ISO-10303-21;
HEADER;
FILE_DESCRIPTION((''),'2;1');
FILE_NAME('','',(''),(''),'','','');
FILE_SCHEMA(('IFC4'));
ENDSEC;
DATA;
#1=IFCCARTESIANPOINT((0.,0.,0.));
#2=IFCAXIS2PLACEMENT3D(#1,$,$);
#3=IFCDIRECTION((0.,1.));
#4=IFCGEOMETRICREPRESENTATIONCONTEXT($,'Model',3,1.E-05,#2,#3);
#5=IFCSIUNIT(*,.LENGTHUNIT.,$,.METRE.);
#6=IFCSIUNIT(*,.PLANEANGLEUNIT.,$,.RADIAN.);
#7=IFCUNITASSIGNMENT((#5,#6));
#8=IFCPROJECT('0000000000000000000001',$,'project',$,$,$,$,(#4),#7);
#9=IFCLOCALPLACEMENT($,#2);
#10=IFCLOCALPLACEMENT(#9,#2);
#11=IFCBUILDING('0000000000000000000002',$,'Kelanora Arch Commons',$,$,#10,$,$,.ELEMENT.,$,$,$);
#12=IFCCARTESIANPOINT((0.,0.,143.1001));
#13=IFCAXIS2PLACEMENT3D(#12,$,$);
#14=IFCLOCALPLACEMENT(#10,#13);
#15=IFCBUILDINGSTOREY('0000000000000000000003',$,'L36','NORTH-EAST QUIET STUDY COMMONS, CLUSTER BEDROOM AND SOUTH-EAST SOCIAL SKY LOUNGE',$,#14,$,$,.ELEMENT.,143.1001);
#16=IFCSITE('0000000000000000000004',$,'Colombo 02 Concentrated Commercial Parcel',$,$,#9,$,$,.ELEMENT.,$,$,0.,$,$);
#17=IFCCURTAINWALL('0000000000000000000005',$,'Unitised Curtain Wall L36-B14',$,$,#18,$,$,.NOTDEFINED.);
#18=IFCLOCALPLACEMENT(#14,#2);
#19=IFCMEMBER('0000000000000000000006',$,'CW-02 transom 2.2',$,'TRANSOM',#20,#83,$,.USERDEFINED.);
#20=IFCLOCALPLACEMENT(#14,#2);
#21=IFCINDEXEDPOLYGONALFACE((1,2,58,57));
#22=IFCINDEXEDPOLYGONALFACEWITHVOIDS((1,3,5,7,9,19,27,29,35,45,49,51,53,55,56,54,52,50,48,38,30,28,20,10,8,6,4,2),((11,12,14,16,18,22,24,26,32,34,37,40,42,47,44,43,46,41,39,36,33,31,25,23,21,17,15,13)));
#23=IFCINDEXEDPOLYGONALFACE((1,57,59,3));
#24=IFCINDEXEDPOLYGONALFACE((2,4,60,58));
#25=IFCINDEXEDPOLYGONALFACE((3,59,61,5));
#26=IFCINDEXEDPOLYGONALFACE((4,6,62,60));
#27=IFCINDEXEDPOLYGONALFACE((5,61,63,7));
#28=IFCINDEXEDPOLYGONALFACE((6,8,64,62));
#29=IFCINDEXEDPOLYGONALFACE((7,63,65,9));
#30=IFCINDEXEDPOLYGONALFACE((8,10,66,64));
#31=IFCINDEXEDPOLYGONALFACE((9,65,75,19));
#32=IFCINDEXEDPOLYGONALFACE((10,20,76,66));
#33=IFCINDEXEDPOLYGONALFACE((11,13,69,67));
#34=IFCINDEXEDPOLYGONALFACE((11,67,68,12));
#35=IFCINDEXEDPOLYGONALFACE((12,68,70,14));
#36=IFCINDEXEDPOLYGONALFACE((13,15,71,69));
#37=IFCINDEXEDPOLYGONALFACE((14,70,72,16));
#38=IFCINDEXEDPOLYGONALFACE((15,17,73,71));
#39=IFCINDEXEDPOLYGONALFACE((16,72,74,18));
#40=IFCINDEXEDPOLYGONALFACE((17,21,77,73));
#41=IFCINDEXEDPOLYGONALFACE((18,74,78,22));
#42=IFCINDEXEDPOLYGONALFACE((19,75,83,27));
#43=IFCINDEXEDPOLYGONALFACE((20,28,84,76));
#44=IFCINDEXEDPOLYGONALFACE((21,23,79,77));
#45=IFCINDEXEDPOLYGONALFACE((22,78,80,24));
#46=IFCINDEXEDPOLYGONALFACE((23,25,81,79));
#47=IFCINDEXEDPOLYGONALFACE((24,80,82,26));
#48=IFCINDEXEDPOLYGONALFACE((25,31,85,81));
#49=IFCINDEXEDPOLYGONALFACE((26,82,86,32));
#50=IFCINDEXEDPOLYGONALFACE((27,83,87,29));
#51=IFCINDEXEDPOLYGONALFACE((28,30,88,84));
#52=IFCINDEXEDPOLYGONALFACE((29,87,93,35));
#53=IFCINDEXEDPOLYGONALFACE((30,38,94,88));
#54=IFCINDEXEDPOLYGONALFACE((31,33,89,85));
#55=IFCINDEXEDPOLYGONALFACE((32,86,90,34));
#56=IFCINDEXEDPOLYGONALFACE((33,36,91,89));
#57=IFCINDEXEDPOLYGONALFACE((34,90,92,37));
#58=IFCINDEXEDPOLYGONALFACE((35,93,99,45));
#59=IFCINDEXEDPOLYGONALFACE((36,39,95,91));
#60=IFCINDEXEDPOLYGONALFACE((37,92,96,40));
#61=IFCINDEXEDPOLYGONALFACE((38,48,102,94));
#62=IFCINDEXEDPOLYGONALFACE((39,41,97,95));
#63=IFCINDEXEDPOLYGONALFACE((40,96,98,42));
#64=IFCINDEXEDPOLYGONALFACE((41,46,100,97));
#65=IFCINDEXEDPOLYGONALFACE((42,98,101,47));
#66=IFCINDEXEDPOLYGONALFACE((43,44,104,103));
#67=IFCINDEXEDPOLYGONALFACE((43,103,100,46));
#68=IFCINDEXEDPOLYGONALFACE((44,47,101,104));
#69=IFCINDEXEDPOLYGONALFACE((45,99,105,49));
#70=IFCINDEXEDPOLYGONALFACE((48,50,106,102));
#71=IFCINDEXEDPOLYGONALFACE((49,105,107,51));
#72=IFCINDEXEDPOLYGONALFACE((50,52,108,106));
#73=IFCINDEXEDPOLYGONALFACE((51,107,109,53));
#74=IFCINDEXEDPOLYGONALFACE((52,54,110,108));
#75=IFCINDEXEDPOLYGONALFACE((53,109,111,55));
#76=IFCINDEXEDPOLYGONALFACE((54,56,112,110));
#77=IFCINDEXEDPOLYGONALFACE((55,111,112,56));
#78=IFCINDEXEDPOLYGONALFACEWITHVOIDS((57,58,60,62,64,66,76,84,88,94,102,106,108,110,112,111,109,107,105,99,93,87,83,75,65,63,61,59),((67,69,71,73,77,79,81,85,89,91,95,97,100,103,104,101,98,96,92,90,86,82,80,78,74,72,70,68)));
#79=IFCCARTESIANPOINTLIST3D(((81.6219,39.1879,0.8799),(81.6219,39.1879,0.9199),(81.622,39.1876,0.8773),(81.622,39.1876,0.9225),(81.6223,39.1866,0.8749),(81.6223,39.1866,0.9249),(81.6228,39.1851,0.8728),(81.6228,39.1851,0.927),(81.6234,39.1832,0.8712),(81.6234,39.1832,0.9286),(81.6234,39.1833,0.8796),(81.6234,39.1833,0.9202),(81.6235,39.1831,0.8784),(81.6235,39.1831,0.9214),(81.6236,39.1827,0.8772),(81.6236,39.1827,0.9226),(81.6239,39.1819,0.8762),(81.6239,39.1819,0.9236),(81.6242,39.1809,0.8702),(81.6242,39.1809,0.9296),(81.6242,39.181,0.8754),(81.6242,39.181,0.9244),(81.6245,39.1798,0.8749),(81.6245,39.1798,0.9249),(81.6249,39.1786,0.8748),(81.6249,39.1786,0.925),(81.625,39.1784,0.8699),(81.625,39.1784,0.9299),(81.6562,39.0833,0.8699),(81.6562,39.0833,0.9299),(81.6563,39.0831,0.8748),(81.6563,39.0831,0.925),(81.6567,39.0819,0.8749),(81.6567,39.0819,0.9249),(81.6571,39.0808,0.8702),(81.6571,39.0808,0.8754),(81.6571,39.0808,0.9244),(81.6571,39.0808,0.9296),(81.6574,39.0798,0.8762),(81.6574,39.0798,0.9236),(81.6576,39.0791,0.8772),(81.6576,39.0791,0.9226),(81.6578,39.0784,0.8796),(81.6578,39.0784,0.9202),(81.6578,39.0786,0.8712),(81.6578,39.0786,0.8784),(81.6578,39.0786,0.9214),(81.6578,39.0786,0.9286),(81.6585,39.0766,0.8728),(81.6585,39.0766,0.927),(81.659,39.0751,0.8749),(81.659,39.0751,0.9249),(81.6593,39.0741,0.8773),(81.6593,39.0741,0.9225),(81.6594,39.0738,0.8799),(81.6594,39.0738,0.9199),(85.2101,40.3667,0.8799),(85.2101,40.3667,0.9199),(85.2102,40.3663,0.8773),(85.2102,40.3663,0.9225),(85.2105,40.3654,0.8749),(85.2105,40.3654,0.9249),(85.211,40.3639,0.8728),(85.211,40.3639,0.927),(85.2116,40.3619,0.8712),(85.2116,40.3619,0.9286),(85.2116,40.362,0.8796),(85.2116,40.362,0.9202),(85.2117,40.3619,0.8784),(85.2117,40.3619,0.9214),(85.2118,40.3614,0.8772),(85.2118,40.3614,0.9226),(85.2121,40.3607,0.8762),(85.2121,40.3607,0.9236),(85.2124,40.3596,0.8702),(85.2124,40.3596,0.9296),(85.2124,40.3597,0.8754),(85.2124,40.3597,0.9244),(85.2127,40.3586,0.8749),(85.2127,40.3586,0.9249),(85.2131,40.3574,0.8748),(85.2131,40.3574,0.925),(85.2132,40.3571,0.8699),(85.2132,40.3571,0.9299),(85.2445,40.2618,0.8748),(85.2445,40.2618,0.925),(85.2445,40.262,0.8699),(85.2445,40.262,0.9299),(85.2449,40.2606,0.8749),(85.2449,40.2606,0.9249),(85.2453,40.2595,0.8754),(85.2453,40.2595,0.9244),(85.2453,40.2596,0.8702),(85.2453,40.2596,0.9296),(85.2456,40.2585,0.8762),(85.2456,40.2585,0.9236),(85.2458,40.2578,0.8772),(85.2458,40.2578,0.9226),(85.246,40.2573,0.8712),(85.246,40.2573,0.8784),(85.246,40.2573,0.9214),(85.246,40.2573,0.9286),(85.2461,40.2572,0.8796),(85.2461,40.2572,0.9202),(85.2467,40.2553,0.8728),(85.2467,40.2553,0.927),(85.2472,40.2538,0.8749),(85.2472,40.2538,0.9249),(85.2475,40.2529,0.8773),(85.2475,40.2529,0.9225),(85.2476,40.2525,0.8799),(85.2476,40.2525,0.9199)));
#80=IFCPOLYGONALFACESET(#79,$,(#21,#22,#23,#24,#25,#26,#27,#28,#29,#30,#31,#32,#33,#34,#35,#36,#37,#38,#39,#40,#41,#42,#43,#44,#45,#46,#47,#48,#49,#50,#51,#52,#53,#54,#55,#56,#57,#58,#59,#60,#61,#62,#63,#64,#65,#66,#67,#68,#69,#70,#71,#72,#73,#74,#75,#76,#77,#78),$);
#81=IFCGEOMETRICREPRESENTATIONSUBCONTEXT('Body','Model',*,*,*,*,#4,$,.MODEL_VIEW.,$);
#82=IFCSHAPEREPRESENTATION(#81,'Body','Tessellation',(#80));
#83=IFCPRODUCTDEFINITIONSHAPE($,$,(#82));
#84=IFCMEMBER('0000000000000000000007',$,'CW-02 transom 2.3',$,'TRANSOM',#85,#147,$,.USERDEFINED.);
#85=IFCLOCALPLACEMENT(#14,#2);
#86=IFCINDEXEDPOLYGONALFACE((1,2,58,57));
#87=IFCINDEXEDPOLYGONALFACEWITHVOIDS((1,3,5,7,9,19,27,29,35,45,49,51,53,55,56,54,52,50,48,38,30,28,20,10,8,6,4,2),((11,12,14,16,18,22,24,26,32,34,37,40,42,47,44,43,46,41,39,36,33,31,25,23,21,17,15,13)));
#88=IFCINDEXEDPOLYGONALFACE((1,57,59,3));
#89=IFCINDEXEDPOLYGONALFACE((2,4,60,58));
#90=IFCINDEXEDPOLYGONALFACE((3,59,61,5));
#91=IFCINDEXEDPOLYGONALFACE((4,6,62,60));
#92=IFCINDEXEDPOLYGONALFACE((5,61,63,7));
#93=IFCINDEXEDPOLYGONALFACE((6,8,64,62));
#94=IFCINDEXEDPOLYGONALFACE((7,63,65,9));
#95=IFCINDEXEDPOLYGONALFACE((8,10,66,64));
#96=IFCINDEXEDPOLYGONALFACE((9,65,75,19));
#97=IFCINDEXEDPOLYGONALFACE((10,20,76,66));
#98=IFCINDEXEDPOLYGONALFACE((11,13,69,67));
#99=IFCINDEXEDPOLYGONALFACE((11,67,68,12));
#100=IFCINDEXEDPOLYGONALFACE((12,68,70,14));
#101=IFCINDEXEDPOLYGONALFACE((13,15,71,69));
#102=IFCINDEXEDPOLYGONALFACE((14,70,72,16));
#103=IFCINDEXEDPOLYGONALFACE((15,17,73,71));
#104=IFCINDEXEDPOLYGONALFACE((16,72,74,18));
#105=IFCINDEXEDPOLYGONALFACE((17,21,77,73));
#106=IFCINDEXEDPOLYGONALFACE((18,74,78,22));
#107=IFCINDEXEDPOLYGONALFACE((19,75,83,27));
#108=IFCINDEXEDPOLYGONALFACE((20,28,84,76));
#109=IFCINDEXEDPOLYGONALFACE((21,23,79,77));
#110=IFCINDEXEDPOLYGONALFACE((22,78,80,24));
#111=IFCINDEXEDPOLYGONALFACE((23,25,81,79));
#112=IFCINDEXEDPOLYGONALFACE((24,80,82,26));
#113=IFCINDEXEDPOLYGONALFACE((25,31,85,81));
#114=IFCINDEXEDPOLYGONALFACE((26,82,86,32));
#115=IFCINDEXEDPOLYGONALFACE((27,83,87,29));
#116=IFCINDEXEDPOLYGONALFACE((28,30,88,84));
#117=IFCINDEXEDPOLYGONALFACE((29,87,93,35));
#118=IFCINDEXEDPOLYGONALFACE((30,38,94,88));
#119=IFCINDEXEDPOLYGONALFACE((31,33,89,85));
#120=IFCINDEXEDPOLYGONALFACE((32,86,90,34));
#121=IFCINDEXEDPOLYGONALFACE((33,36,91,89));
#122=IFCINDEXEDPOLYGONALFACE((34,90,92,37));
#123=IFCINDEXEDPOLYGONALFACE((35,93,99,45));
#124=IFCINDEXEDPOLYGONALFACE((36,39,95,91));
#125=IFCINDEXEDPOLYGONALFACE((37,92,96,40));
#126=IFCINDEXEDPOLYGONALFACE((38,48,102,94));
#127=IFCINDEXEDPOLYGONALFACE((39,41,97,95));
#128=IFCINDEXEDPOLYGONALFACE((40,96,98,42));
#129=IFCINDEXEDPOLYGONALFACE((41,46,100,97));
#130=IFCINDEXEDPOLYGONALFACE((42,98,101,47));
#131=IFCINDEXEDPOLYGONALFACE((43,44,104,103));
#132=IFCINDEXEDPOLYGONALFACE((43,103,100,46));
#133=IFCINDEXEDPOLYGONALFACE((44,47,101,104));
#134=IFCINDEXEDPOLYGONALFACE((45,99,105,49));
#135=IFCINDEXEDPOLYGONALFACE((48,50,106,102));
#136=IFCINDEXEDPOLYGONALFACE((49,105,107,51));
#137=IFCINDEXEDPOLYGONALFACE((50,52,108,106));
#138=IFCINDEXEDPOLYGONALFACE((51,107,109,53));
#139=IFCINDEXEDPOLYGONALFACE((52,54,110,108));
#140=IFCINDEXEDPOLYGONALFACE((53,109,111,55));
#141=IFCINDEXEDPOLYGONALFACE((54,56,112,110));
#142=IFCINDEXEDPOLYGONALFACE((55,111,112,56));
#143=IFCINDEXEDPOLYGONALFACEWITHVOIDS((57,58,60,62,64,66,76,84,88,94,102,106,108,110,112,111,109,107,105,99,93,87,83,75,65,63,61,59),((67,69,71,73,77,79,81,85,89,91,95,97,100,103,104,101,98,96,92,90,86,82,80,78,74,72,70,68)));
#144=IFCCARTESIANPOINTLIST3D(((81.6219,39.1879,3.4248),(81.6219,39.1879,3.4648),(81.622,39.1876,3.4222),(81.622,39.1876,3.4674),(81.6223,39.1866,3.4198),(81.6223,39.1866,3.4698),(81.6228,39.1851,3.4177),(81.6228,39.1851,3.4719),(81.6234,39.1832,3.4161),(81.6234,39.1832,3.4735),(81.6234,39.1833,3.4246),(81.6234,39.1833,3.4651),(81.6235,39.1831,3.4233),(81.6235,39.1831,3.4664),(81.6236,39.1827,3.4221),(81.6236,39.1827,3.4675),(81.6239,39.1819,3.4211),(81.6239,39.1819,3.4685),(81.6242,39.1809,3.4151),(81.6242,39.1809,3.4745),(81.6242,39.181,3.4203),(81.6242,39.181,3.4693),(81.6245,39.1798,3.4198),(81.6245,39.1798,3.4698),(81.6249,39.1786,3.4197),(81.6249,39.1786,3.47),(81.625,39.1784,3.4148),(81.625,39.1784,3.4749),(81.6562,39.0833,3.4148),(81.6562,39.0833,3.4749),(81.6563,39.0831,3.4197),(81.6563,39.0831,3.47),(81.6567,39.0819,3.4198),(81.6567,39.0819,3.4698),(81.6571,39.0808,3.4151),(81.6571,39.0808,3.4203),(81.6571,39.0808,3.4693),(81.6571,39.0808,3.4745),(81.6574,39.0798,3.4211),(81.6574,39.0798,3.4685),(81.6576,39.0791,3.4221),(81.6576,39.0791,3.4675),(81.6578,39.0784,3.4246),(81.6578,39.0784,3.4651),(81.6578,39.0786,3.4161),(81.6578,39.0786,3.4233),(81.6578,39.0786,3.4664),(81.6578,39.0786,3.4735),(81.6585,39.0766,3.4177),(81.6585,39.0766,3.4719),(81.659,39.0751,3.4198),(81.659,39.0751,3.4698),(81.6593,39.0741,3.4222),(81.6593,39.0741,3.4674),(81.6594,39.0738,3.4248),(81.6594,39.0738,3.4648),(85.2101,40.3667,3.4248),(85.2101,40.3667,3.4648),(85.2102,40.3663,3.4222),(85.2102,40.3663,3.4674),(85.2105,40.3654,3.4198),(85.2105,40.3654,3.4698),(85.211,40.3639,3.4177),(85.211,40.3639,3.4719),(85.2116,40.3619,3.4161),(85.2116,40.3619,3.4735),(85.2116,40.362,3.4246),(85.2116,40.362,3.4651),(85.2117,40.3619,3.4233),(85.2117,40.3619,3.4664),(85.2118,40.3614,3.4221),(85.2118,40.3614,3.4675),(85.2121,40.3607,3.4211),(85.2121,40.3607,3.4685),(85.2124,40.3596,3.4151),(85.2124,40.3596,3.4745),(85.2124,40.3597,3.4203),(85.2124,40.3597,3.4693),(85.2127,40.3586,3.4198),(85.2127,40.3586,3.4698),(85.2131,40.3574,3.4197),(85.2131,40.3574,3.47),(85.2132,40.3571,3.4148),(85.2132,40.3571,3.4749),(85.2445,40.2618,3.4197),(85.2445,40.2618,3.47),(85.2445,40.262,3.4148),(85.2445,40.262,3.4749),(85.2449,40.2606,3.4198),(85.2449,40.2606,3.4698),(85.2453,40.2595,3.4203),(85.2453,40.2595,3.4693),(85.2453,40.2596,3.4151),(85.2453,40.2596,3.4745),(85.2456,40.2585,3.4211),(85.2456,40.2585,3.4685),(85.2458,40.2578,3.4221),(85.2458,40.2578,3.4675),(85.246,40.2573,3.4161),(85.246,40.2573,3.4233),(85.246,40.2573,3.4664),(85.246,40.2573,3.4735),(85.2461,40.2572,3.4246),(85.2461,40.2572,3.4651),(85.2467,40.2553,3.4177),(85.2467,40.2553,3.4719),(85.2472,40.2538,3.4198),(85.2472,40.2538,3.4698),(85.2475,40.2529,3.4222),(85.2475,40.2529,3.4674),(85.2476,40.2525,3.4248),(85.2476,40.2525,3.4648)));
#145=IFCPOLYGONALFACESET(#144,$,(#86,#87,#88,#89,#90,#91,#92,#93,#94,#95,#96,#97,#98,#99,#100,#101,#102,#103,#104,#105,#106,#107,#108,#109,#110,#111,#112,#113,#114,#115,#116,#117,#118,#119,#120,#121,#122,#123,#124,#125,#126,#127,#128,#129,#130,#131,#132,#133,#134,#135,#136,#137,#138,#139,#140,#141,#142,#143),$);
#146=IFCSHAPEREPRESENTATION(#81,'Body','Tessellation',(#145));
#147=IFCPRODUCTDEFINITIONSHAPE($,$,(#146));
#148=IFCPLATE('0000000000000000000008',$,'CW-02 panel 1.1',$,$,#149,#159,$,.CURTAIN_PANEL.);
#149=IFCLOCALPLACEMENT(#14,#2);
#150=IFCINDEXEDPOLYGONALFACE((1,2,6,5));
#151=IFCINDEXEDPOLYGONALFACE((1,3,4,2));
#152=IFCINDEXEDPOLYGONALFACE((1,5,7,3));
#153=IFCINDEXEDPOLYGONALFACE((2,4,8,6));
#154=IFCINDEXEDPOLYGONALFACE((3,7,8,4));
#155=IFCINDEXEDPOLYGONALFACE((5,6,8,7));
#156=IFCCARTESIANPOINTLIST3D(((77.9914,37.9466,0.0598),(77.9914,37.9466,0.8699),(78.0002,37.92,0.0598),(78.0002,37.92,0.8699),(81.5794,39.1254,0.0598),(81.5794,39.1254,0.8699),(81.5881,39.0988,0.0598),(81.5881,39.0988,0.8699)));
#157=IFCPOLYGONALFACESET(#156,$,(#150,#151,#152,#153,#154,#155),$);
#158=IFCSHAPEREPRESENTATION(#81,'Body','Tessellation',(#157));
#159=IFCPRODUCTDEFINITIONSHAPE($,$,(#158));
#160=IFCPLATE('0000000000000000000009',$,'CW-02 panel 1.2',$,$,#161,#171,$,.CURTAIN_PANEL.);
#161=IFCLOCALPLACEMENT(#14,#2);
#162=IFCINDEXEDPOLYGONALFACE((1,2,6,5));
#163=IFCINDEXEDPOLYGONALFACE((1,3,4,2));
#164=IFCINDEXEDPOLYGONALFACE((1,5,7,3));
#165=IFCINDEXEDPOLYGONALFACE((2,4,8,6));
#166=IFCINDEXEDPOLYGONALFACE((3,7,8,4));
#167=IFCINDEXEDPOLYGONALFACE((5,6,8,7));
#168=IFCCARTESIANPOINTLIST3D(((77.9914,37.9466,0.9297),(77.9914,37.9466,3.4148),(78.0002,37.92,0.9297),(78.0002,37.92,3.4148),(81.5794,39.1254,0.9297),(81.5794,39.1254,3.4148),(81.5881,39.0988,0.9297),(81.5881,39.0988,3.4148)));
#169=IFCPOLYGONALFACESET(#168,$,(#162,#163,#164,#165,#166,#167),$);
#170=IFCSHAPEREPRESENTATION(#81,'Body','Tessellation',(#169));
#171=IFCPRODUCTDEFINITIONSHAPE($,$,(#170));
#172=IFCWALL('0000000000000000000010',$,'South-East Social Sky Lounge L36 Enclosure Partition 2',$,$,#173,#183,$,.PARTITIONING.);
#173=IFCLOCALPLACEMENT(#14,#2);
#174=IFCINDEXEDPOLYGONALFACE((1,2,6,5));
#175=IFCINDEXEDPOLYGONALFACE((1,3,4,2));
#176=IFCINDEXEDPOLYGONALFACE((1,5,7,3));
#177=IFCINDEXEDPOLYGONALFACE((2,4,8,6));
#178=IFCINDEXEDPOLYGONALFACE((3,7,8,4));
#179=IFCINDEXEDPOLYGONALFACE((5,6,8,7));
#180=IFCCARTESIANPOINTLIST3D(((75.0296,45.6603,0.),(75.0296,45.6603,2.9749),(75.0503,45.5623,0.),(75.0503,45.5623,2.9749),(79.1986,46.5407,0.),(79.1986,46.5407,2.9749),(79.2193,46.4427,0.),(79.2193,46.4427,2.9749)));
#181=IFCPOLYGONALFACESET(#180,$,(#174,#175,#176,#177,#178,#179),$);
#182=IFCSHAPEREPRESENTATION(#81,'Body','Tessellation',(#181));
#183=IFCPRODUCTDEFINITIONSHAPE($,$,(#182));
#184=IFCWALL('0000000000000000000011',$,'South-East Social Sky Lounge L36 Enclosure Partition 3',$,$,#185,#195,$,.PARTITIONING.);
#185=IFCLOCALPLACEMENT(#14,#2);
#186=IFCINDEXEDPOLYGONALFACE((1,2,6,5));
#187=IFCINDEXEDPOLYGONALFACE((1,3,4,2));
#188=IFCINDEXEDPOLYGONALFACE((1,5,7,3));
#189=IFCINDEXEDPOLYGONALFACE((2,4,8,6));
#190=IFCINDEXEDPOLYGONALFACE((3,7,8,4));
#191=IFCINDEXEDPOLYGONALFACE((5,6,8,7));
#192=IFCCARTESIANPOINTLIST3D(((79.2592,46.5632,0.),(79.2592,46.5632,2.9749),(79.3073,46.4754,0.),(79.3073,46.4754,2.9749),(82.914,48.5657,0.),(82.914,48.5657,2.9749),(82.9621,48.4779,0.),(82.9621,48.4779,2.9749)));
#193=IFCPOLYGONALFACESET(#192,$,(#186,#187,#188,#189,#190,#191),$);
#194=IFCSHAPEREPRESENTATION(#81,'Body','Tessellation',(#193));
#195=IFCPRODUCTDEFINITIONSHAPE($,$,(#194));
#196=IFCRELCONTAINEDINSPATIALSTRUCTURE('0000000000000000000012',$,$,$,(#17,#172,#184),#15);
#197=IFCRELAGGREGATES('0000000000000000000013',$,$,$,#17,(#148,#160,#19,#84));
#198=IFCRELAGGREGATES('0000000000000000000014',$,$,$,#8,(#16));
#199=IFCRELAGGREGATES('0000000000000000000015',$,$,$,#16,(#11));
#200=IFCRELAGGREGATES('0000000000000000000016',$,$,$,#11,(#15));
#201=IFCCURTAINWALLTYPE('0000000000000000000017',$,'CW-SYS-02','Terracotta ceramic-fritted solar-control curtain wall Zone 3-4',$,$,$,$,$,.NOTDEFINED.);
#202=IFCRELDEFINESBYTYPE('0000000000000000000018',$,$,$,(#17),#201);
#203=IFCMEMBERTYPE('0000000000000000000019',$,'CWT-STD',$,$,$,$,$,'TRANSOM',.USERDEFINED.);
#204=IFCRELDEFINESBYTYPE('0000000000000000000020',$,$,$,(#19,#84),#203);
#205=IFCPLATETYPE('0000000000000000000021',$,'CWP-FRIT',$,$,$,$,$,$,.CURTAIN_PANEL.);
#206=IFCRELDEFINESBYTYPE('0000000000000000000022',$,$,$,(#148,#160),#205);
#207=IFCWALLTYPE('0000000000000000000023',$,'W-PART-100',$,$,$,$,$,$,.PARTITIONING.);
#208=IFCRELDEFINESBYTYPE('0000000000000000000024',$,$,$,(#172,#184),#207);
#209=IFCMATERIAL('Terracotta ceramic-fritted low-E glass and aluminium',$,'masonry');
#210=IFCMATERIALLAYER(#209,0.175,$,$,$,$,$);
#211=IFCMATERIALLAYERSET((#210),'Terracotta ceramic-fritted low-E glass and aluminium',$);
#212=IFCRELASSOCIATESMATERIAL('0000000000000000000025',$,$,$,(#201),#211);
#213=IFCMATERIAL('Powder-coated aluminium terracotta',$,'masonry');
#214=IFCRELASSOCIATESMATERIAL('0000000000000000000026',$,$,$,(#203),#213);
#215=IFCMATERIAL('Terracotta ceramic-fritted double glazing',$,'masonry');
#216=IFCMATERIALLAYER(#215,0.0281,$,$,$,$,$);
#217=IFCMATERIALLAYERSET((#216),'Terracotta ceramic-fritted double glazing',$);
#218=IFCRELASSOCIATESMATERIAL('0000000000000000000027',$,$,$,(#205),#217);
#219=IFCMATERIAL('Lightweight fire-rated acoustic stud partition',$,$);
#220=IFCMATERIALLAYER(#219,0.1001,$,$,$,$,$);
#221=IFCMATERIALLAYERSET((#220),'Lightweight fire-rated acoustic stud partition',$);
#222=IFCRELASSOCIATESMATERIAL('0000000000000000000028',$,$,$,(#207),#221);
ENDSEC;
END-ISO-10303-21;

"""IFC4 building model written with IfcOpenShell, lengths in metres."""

from ifc_helpers import new_model, si_unit, direction, frame, frame_2d, origin, origin_2d, place, context, subcontext, project, spatial, rectangle, hollow_rectangle, extrude, source, transform, mapped, material, layer, layer_set, material_profile, profile_set, type_object, element, aggregate, save


model = new_model("IFC4")

# Units and contexts
model_context = context("Model", 3, precision=1e-05, world=origin(), true_north=direction((0.0, 1.0)))
body_context = subcontext(model_context, "Body", "Model", "MODEL_VIEW")
ifc_project = project(units=[si_unit("LENGTHUNIT", "METRE"), si_unit("PLANEANGLEUNIT", "RADIAN")], contexts=[model_context])

# Site, building, storey
site_placement = place(None, origin())
site = spatial("IfcSite", under=ifc_project, at=site_placement, Name="Colombo 02 Concentrated Commercial Parcel", CompositionType="ELEMENT", RefElevation=0.0)
building_placement = place(site_placement, origin())
building = spatial("IfcBuilding", under=site, at=building_placement, Name="Kelanora Arch Commons", CompositionType="ELEMENT")
storey_placement = place(building_placement, frame((0.0, 0.0, 143.1001)))
storey = spatial("IfcBuildingStorey", under=building, at=storey_placement, Name="L36", Description="NORTH-EAST QUIET STUDY COMMONS, CLUSTER BEDROOM AND SOUTH-EAST SOCIAL SKY LOUNGE", CompositionType="ELEMENT", Elevation=143.1001)

# Curtain wall, members, plates
ifc_material_1 = material(Name="Terracotta ceramic-fritted low-E glass and aluminium", Category="masonry")
ifc_layer_1 = layer(ifc_material_1, 0.175)
ifc_layer_set_1 = layer_set([ifc_layer_1], Name="Terracotta ceramic-fritted low-E glass and aluminium")
curtain_wall_type = type_object("IfcCurtainWallType", Name="CW-SYS-02", Description="Terracotta ceramic-fritted solar-control curtain wall Zone 3-4", PredefinedType="NOTDEFINED", material=ifc_layer_set_1)
curtain_wall_placement = place(storey_placement, origin())
curtain_wall = element("IfcCurtainWall", 1, at=curtain_wall_placement, inside=storey, type_object=curtain_wall_type, Name="Unitised Curtain Wall L36-B14", PredefinedType="NOTDEFINED")
ifc_material_2 = material(Name="Powder-coated aluminium terracotta", Category="masonry")
ifc_material_profile_1 = material_profile(ifc_material_2, hollow_rectangle(XDim=0.1201, YDim=0.0601, WallThickness=0.0049, InnerFilletRadius=0.0049, OuterFilletRadius=0.01, at=origin_2d()), Name="CWT120x60")
ifc_profile_set_1 = profile_set([ifc_material_profile_1], Name="Powder-coated aluminium terracotta")
member_type_1 = type_object("IfcMemberType", Name="CWT-STD", ElementType="TRANSOM", PredefinedType="USERDEFINED", material=ifc_profile_set_1)
member_1_placement = place(storey_placement, frame((81.6406, 39.1309, 0.8999), z_axis=(0.950051, 0.312094, 0.0), x_axis=(-0.312094, 0.950051, 0.0)))
member_1 = element("IfcMember", 2, at=member_1_placement, type_object=member_type_1, Name="CW-02 transom 2.2", ObjectType="TRANSOM", PredefinedType="USERDEFINED", context=body_context, shape_type="SweptSolid", body=[
    extrude(hollow_rectangle(XDim=0.1201, YDim=0.0601, WallThickness=0.0049, InnerFilletRadius=0.0049, OuterFilletRadius=0.01, at=origin_2d()), origin(), (0.0, 0.0, 1.0), 3.7769),
])
member_2_placement = place(storey_placement, frame((81.6406, 39.1309, 3.4448), z_axis=(0.950051, 0.312094, 0.0), x_axis=(-0.312094, 0.950051, 0.0)))
member_2 = element("IfcMember", 3, at=member_2_placement, type_object=member_type_1, Name="CW-02 transom 2.3", ObjectType="TRANSOM", PredefinedType="USERDEFINED", context=body_context, shape_type="SweptSolid", body=[
    extrude(hollow_rectangle(XDim=0.1201, YDim=0.0601, WallThickness=0.0049, InnerFilletRadius=0.0049, OuterFilletRadius=0.01, at=origin_2d()), origin(), (0.0, 0.0, 1.0), 3.7769),
])
ifc_material_3 = material(Name="Terracotta ceramic-fritted double glazing", Category="masonry")
ifc_layer_2 = layer(ifc_material_3, 0.0281)
ifc_layer_set_2 = layer_set([ifc_layer_2], Name="Terracotta ceramic-fritted double glazing")
plate_type = type_object("IfcPlateType", Name="CWP-FRIT", PredefinedType="CURTAIN_PANEL", material=ifc_layer_set_2)
shared_shape_1 = source(origin(), body_context, "Body", "SweptSolid", [
    extrude(rectangle(XDim=3.7766, YDim=0.0281, at=origin_2d()), origin(), (0.0, 0.0, 1.0), 0.8101),
])
plate_1_placement = place(storey_placement, frame((79.7898, 38.5227, 0.0598), z_axis=(0.0, 0.0, 1.0), x_axis=(0.95004, 0.312128, 0.0)))
plate_1 = element("IfcPlate", 4, at=plate_1_placement, type_object=plate_type, Name="CW-02 panel 1.1", PredefinedType="CURTAIN_PANEL", context=body_context, shape_type="MappedRepresentation", body=[
    mapped(shared_shape_1, transform((0.0, 0.0, 0.0), scale=1.0)),
])
shared_shape_2 = source(origin(), body_context, "Body", "SweptSolid", [
    extrude(rectangle(XDim=3.7766, YDim=0.0281, at=origin_2d()), origin(), (0.0, 0.0, 1.0), 2.4851),
])
plate_2_placement = place(storey_placement, frame((79.7898, 38.5227, 0.9297), z_axis=(0.0, 0.0, 1.0), x_axis=(0.95004, 0.312128, 0.0)))
plate_2 = element("IfcPlate", 5, at=plate_2_placement, type_object=plate_type, Name="CW-02 panel 1.2", PredefinedType="CURTAIN_PANEL", context=body_context, shape_type="MappedRepresentation", body=[
    mapped(shared_shape_2, transform((0.0, 0.0, 0.0), scale=1.0)),
])
aggregate(curtain_wall, [plate_1, plate_2, member_1, member_2])

# Walls
ifc_material_4 = material(Name="Lightweight fire-rated acoustic stud partition")
ifc_layer_3 = layer(ifc_material_4, 0.1001)
ifc_layer_set_3 = layer_set([ifc_layer_3], Name="Lightweight fire-rated acoustic stud partition")
wall_type_1 = type_object("IfcWallType", Name="W-PART-100", PredefinedType="PARTITIONING", material=ifc_layer_set_3)
wall_1_placement = place(storey_placement, frame((75.04, 45.6113, 0.0), z_axis=(0.0, 0.0, 1.0), x_axis=(0.978422, 0.206617, 0.0)))
element("IfcWall", 6, at=wall_1_placement, inside=storey, type_object=wall_type_1, Name="South-East Social Sky Lounge L36 Enclosure Partition 2", PredefinedType="PARTITIONING", context=body_context, shape_type="SweptSolid", body=[
    extrude(rectangle(XDim=4.261, YDim=0.1001, at=frame_2d((2.1304, 0.0))), origin(), (0.0, 0.0, 1.0), 2.9749),
])
wall_2_placement = place(storey_placement, frame((79.2832, 46.5193, 0.0), z_axis=(0.0, 0.0, 1.0), x_axis=(0.876994, 0.480501, 0.0)))
element("IfcWall", 7, at=wall_2_placement, inside=storey, type_object=wall_type_1, Name="South-East Social Sky Lounge L36 Enclosure Partition 3", PredefinedType="PARTITIONING", context=body_context, shape_type="SweptSolid", body=[
    extrude(rectangle(XDim=4.1675, YDim=0.1001, at=frame_2d((2.0837, 0.0))), origin(), (0.0, 0.0, 1.0), 2.9749),
])

save(model, "model.ifc")
